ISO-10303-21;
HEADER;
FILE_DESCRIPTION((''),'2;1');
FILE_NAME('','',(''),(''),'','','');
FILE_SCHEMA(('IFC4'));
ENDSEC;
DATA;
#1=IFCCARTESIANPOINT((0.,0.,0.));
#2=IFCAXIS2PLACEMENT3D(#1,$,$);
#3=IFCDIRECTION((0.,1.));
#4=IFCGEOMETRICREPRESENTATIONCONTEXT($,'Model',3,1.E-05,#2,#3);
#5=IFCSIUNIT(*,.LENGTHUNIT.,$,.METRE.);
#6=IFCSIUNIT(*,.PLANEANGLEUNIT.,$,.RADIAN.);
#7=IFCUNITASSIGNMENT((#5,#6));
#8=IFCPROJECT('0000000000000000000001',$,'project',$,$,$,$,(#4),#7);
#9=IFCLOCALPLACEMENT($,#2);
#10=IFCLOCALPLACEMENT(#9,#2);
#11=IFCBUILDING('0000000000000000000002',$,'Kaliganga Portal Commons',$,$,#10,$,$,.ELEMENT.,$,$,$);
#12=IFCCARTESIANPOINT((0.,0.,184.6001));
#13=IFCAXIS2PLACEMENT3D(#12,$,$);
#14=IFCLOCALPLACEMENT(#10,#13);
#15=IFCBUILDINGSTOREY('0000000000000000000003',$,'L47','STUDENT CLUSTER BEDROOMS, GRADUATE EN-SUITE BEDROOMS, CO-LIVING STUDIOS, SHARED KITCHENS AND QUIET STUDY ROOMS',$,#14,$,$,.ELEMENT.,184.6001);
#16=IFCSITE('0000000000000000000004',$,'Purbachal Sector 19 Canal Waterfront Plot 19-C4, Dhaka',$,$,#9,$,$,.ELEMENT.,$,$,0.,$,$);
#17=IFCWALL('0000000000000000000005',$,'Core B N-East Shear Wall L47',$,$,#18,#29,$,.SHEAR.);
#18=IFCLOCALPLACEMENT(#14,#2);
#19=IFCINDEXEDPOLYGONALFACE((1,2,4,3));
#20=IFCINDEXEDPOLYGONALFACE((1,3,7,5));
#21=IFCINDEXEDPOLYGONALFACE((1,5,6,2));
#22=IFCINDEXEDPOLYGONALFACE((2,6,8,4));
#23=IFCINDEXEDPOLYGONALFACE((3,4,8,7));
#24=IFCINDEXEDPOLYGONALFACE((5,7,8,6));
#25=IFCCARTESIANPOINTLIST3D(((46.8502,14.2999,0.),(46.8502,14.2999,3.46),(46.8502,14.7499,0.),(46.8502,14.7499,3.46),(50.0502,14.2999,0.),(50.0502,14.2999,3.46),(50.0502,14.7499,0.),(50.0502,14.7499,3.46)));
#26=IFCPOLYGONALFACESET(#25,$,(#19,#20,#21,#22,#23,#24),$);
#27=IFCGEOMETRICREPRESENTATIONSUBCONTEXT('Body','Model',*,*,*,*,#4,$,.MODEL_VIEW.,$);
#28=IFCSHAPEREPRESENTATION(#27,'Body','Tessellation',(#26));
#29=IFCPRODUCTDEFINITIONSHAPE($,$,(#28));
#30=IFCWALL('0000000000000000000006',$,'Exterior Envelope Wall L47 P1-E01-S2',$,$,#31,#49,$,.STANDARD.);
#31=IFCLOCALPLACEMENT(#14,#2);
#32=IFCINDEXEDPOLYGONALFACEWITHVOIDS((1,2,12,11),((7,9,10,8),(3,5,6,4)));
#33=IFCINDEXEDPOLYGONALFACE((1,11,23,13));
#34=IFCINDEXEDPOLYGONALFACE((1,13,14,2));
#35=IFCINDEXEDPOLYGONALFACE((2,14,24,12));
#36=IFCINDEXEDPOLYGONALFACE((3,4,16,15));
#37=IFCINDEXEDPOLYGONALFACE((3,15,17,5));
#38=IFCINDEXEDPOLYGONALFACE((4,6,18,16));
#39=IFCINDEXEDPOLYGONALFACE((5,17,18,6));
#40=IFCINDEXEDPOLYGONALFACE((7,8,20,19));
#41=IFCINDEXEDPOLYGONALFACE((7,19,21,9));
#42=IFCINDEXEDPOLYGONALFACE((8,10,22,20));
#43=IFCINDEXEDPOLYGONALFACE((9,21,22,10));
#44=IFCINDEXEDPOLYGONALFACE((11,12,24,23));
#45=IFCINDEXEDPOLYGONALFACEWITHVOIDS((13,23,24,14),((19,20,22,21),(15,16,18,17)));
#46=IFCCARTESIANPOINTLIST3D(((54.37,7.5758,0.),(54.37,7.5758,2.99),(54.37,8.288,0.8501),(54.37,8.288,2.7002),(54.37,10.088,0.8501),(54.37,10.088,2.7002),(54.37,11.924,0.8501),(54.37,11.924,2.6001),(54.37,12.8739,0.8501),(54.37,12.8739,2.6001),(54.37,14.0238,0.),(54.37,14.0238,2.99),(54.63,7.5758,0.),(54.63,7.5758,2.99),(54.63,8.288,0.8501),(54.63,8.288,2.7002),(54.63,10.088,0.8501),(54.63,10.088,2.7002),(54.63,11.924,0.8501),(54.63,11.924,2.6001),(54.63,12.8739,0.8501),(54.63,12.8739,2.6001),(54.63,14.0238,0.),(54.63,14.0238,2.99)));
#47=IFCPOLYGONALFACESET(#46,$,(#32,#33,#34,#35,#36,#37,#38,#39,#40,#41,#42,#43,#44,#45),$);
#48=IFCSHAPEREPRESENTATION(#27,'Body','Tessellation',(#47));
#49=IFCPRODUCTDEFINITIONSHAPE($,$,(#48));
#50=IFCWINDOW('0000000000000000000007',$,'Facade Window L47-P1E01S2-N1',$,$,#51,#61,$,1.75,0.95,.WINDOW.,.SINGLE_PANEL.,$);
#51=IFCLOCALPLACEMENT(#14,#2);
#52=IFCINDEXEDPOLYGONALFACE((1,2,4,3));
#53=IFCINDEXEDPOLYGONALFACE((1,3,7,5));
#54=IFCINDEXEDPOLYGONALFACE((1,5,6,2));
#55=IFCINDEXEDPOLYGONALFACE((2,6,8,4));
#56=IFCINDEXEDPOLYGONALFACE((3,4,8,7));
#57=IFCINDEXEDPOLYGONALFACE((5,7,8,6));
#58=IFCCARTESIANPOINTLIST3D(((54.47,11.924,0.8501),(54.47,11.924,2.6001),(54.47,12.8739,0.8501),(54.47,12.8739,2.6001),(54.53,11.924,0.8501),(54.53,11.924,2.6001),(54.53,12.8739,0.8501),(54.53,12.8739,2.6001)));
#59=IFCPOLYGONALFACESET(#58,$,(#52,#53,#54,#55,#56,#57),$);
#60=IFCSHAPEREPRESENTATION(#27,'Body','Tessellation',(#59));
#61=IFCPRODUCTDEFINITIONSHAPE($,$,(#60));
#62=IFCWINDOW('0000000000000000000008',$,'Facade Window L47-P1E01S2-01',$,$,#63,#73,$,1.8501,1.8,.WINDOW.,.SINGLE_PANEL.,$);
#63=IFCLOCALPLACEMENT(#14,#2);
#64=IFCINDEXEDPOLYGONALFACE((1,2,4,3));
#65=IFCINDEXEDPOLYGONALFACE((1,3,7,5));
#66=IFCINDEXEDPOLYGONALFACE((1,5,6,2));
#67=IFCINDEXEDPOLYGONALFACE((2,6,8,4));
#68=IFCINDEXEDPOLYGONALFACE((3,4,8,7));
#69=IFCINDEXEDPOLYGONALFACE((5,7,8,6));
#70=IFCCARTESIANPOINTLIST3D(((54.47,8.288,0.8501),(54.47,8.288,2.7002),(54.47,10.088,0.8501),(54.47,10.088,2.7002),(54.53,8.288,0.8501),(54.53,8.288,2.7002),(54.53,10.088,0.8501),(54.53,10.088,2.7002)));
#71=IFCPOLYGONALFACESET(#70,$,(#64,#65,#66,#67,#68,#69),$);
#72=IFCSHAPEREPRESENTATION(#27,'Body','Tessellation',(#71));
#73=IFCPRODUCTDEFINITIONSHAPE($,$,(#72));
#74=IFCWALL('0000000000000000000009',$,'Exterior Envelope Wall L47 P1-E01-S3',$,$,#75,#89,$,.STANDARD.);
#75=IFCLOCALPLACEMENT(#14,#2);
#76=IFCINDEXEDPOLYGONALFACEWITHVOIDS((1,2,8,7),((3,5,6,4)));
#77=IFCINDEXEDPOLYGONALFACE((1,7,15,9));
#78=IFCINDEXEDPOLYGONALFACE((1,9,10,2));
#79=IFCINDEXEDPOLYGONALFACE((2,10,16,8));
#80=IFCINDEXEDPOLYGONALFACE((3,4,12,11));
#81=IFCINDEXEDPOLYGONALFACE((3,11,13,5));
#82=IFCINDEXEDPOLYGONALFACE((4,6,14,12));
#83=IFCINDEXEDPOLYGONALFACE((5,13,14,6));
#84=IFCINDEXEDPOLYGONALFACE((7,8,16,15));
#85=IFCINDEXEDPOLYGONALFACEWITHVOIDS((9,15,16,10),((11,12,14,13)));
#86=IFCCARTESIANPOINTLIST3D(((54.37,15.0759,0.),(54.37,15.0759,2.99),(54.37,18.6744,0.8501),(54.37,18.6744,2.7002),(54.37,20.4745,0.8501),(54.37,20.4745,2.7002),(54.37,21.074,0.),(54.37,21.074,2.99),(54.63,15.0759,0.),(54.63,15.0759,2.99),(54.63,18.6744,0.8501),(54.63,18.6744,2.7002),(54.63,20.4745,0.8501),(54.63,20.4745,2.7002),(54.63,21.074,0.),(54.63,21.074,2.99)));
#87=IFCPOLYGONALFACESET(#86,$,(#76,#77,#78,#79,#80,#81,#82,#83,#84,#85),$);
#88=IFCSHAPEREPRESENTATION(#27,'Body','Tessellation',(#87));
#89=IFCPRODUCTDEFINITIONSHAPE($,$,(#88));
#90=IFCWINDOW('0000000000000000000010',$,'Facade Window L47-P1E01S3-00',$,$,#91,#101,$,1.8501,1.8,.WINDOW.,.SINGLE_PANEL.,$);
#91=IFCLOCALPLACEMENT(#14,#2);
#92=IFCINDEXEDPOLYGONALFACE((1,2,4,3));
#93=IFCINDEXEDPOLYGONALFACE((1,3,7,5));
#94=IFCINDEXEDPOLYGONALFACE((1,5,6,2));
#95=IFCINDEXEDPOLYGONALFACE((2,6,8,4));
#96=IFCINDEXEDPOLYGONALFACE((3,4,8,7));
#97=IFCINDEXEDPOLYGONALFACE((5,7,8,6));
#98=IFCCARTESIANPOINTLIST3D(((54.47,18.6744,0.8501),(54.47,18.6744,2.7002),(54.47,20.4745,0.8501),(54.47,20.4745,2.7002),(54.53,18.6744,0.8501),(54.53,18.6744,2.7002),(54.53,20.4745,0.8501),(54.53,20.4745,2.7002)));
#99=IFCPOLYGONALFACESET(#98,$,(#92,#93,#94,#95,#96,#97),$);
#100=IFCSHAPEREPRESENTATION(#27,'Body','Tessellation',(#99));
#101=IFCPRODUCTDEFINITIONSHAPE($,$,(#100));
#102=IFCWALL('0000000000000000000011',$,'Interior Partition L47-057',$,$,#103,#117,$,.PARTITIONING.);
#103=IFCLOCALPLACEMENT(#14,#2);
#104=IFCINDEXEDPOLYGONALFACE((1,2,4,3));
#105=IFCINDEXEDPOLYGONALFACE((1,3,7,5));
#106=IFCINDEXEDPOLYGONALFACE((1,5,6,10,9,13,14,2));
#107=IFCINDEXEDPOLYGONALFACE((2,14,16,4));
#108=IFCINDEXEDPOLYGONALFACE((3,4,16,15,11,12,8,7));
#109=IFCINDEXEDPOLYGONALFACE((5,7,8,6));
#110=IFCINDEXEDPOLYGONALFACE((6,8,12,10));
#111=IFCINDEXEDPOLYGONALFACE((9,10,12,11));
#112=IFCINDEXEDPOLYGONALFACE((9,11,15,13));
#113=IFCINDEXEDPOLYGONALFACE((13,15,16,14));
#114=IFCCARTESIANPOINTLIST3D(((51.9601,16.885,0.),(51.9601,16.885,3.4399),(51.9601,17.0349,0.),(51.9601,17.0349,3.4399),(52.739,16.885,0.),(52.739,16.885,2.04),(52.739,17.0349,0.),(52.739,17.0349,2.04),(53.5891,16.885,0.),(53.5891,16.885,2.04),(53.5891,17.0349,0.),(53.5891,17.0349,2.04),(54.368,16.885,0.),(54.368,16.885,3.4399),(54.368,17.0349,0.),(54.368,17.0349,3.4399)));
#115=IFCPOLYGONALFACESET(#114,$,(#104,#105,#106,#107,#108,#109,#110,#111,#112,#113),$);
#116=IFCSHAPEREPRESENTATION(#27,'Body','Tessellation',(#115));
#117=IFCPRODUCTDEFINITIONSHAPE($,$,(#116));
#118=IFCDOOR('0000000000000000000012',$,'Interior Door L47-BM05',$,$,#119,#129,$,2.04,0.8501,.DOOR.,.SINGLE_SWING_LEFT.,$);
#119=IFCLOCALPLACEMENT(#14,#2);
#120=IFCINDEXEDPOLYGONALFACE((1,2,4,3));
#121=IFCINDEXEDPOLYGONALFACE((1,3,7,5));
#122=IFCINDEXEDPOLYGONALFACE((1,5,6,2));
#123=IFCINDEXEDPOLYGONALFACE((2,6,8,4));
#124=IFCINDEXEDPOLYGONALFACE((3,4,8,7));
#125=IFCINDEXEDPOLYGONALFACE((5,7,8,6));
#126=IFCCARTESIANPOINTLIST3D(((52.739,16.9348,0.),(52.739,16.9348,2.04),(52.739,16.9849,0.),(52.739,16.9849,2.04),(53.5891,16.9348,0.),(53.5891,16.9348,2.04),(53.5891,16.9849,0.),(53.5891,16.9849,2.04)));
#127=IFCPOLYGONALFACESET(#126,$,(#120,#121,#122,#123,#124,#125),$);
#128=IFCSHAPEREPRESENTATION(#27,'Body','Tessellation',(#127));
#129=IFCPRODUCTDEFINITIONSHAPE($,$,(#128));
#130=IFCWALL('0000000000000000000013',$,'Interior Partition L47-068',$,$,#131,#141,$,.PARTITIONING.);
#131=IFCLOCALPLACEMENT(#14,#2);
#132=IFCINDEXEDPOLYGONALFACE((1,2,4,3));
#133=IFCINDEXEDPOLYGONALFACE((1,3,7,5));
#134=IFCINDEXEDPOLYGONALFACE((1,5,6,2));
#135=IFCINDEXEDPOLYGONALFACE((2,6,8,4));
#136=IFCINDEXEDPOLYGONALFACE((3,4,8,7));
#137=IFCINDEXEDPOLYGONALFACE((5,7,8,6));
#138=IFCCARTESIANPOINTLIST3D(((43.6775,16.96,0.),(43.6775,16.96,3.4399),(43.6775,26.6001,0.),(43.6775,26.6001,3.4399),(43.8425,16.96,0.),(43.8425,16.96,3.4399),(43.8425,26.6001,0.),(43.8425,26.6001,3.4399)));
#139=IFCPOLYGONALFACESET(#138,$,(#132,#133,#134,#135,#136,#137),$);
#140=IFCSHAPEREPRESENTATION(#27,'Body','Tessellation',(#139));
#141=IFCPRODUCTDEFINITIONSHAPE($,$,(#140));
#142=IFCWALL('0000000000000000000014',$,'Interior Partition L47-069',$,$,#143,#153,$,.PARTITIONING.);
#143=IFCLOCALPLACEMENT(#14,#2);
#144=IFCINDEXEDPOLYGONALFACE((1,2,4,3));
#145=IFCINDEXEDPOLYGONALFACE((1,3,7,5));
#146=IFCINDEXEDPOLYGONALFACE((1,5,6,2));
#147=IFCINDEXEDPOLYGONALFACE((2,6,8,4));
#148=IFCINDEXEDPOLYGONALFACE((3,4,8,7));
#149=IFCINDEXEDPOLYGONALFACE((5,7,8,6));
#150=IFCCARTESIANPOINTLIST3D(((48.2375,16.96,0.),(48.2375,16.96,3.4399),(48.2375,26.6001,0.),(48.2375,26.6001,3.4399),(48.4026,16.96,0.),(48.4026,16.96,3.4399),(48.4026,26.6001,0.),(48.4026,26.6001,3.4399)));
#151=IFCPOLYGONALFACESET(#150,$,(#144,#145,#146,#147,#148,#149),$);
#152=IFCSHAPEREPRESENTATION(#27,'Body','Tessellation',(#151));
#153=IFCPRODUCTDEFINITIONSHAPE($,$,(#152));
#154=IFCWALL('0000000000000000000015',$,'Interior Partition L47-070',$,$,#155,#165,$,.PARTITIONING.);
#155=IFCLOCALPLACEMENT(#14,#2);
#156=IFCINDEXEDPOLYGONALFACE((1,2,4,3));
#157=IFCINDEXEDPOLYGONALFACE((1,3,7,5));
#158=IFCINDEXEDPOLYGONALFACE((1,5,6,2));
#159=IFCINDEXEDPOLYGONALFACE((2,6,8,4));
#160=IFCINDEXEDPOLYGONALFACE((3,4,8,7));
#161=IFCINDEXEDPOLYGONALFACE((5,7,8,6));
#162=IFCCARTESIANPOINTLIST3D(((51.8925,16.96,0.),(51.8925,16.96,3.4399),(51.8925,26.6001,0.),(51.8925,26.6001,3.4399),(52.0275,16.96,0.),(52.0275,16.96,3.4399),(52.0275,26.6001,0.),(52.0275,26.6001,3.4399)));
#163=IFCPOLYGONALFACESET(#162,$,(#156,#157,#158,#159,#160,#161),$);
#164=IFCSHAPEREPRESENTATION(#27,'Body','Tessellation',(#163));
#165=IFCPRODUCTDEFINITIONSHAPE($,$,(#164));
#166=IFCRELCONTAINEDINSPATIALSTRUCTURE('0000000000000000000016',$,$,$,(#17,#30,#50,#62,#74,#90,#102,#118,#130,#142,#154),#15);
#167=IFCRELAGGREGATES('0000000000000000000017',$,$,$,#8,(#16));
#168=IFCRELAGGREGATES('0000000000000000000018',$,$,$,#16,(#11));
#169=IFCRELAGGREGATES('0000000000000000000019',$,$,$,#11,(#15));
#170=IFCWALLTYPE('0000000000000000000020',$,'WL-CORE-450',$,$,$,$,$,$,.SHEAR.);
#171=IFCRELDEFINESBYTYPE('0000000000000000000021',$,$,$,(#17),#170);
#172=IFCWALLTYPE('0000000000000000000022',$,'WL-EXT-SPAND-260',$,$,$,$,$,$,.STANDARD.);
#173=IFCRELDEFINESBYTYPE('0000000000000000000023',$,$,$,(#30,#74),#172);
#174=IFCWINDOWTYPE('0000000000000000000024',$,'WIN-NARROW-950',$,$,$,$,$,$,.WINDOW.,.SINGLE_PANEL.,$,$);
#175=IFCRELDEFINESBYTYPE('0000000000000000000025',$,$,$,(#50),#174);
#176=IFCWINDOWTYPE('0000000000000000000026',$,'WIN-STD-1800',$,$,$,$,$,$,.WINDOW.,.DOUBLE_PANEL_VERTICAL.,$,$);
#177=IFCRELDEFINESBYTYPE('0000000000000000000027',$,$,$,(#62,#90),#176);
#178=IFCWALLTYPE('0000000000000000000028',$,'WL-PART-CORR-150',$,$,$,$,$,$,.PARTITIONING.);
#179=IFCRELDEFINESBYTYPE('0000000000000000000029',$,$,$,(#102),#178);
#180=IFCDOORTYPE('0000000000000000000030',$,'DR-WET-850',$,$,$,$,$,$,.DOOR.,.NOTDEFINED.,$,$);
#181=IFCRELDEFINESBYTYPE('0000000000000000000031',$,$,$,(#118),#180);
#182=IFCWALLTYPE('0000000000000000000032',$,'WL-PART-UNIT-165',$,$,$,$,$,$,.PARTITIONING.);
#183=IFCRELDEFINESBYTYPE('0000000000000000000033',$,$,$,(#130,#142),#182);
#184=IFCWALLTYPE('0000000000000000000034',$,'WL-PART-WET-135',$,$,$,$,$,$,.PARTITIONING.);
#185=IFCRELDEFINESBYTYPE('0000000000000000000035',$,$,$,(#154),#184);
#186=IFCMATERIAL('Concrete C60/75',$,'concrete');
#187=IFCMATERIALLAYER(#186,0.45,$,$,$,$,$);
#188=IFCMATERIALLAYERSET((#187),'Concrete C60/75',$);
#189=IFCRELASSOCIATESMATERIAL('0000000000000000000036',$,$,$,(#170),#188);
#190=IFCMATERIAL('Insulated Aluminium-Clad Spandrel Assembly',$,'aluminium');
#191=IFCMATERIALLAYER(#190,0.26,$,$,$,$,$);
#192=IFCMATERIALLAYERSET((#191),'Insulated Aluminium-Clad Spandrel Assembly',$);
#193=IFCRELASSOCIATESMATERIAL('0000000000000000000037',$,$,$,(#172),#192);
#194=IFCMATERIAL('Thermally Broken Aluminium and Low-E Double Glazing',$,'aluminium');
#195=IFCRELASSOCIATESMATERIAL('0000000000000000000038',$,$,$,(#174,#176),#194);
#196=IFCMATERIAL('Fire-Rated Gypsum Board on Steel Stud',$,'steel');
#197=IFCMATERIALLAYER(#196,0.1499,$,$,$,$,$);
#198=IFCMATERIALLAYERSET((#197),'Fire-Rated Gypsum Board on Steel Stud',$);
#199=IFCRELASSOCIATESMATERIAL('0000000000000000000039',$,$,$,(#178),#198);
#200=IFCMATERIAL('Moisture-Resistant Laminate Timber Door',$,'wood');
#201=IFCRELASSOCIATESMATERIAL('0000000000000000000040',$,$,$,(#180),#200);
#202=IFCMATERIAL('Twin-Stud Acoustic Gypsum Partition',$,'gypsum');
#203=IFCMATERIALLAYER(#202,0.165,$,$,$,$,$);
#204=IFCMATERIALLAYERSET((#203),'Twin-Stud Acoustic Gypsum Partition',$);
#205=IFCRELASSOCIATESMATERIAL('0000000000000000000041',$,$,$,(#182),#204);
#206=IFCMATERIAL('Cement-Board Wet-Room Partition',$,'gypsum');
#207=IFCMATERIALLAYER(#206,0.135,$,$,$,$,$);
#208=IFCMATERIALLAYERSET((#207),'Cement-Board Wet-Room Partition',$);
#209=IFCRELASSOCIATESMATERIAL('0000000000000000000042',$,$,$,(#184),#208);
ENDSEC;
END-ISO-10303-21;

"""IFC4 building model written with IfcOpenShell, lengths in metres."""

from ifc_helpers import new_model, si_unit, direction, frame, frame_2d, origin, place, context, subcontext, project, spatial, rectangle, extrude, material, layer, layer_set, type_object, element, fill, save


model = new_model("IFC4")

# Units and contexts
model_context = context("Model", 3, precision=1e-05, world=origin(), true_north=direction((0.0, 1.0)))
body_context = subcontext(model_context, "Body", "Model", "MODEL_VIEW")
ifc_project = project(units=[si_unit("LENGTHUNIT", "METRE"), si_unit("PLANEANGLEUNIT", "RADIAN")], contexts=[model_context])

# Site, building, storey
site_placement = place(None, origin())
site = spatial("IfcSite", under=ifc_project, at=site_placement, Name="Purbachal Sector 19 Canal Waterfront Plot 19-C4, Dhaka", CompositionType="ELEMENT", RefElevation=0.0)
building_placement = place(site_placement, origin())
building = spatial("IfcBuilding", under=site, at=building_placement, Name="Kaliganga Portal Commons", CompositionType="ELEMENT")
storey_placement = place(building_placement, frame((0.0, 0.0, 184.6001)))
storey = spatial("IfcBuildingStorey", under=building, at=storey_placement, Name="L47", Description="STUDENT CLUSTER BEDROOMS, GRADUATE EN-SUITE BEDROOMS, CO-LIVING STUDIOS, SHARED KITCHENS AND QUIET STUDY ROOMS", CompositionType="ELEMENT", Elevation=184.6001)

# Shared definitions
ifc_material_1 = material(Name="Concrete C60/75", Category="concrete")

# Wall
ifc_layer_1 = layer(ifc_material_1, 0.45)
ifc_layer_set_1 = layer_set([ifc_layer_1], Name="Concrete C60/75")
wall_type_1 = type_object("IfcWallType", Name="WL-CORE-450", PredefinedType="SHEAR", material=ifc_layer_set_1)
wall_1_placement = place(storey_placement, frame((46.8501, 14.5249, 0.0), z_axis=(0.0, 0.0, 1.0), x_axis=(1.0, 0.0, 0.0)))
element("IfcWall", 1, at=wall_1_placement, inside=storey, type_object=wall_type_1, Name="Core B N-East Shear Wall L47", PredefinedType="SHEAR", context=body_context, shape_type="SweptSolid", body=[
    extrude(rectangle(XDim=3.2, YDim=0.45, at=frame_2d((1.6001, 0.0))), origin(), (0.0, 0.0, 1.0), 3.46),
])

# Wall, openings, windows
ifc_material_2 = material(Name="Insulated Aluminium-Clad Spandrel Assembly", Category="aluminium")
ifc_layer_2 = layer(ifc_material_2, 0.26)
ifc_layer_set_2 = layer_set([ifc_layer_2], Name="Insulated Aluminium-Clad Spandrel Assembly")
wall_type_2 = type_object("IfcWallType", Name="WL-EXT-SPAND-260", PredefinedType="STANDARD", material=ifc_layer_set_2)
wall_2_placement = place(storey_placement, frame((54.5, 14.0239, 0.0), z_axis=(0.0, 0.0, 1.0), x_axis=(0.0, -1.0, 0.0)))
wall_2 = element("IfcWall", 2, at=wall_2_placement, inside=storey, type_object=wall_type_2, Name="Exterior Envelope Wall L47 P1-E01-S2", PredefinedType="STANDARD", context=body_context, shape_type="SweptSolid", body=[
    extrude(rectangle(XDim=6.448, YDim=0.26, at=frame_2d((3.2241, 0.0))), origin(), (0.0, 0.0, 1.0), 2.99),
])
opening_1_placement = place(wall_2_placement, frame((3.936, 0.0, 0.8501)))
opening_1 = element("IfcOpeningElement", 3, at=opening_1_placement, cuts=wall_2, PredefinedType="OPENING", context=body_context, shape_type="SweptSolid", body=[
    extrude(rectangle(XDim=1.8, YDim=1.8501, at=frame_2d((0.8999, 0.925))), frame((0.0, 0.1401, 0.0), z_axis=(0.0, -1.0, 0.0), x_axis=(1.0, 0.0, 0.0)), (0.0, 0.0, 1.0), 0.28),
])
opening_2_placement = place(wall_2_placement, frame((1.1499, 0.0, 0.8501)))
opening_2 = element("IfcOpeningElement", 4, at=opening_2_placement, cuts=wall_2, PredefinedType="OPENING", context=body_context, shape_type="SweptSolid", body=[
    extrude(rectangle(XDim=0.95, YDim=1.75, at=frame_2d((0.4751, 0.875))), frame((0.0, 0.1401, 0.0), z_axis=(0.0, -1.0, 0.0), x_axis=(1.0, 0.0, 0.0)), (0.0, 0.0, 1.0), 0.28),
])
ifc_material_3 = material(Name="Thermally Broken Aluminium and Low-E Double Glazing", Category="aluminium")
window_type_1 = type_object("IfcWindowType", Name="WIN-NARROW-950", PartitioningType="SINGLE_PANEL", PredefinedType="WINDOW", material=ifc_material_3)
window_1_placement = place(opening_2_placement, origin())
window_1 = element("IfcWindow", 5, at=window_1_placement, inside=storey, type_object=window_type_1, Name="Facade Window L47-P1E01S2-N1", OverallHeight=1.75, OverallWidth=0.95, PartitioningType="SINGLE_PANEL", PredefinedType="WINDOW", context=body_context, shape_type="SweptSolid", body=[
    extrude(rectangle(XDim=0.95, YDim=1.75, at=frame_2d((0.4751, 0.875))), frame((0.0, 0.03, 0.0), z_axis=(0.0, -1.0, 0.0), x_axis=(1.0, 0.0, 0.0)), (0.0, 0.0, 1.0), 0.0601),
])
fill(opening_2, window_1)
window_type_2 = type_object("IfcWindowType", Name="WIN-STD-1800", PartitioningType="DOUBLE_PANEL_VERTICAL", PredefinedType="WINDOW", material=ifc_material_3)
window_2_placement = place(opening_1_placement, origin())
window_2 = element("IfcWindow", 6, at=window_2_placement, inside=storey, type_object=window_type_2, Name="Facade Window L47-P1E01S2-01", OverallHeight=1.8501, OverallWidth=1.8, PartitioningType="SINGLE_PANEL", PredefinedType="WINDOW", context=body_context, shape_type="SweptSolid", body=[
    extrude(rectangle(XDim=1.8, YDim=1.8501, at=frame_2d((0.8999, 0.925))), frame((0.0, 0.03, 0.0), z_axis=(0.0, -1.0, 0.0), x_axis=(1.0, 0.0, 0.0)), (0.0, 0.0, 1.0), 0.0601),
])
fill(opening_1, window_2)

# Wall, opening, window
wall_3_placement = place(storey_placement, frame((54.5, 21.074, 0.0), z_axis=(0.0, 0.0, 1.0), x_axis=(0.0, -1.0, 0.0)))
wall_3 = element("IfcWall", 7, at=wall_3_placement, inside=storey, type_object=wall_type_2, Name="Exterior Envelope Wall L47 P1-E01-S3", PredefinedType="STANDARD", context=body_context, shape_type="SweptSolid", body=[
    extrude(rectangle(XDim=5.998, YDim=0.26, at=frame_2d((2.999, 0.0))), origin(), (0.0, 0.0, 1.0), 2.99),
])
opening_3_placement = place(wall_3_placement, frame((0.5996, 0.0, 0.8501)))
opening_3 = element("IfcOpeningElement", 8, at=opening_3_placement, cuts=wall_3, PredefinedType="OPENING", context=body_context, shape_type="SweptSolid", body=[
    extrude(rectangle(XDim=1.8, YDim=1.8501, at=frame_2d((0.8999, 0.925))), frame((0.0, 0.1401, 0.0), z_axis=(0.0, -1.0, 0.0), x_axis=(1.0, 0.0, 0.0)), (0.0, 0.0, 1.0), 0.28),
])
window_3_placement = place(opening_3_placement, origin())
window_3 = element("IfcWindow", 9, at=window_3_placement, inside=storey, type_object=window_type_2, Name="Facade Window L47-P1E01S3-00", OverallHeight=1.8501, OverallWidth=1.8, PartitioningType="SINGLE_PANEL", PredefinedType="WINDOW", context=body_context, shape_type="SweptSolid", body=[
    extrude(rectangle(XDim=1.8, YDim=1.8501, at=frame_2d((0.8999, 0.925))), frame((0.0, 0.03, 0.0), z_axis=(0.0, -1.0, 0.0), x_axis=(1.0, 0.0, 0.0)), (0.0, 0.0, 1.0), 0.0601),
])
fill(opening_3, window_3)

# Wall, opening, door
ifc_material_4 = material(Name="Fire-Rated Gypsum Board on Steel Stud", Category="steel")
ifc_layer_3 = layer(ifc_material_4, 0.1499)
ifc_layer_set_3 = layer_set([ifc_layer_3], Name="Fire-Rated Gypsum Board on Steel Stud")
wall_type_3 = type_object("IfcWallType", Name="WL-PART-CORR-150", PredefinedType="PARTITIONING", material=ifc_layer_set_3)
wall_4_placement = place(storey_placement, frame((51.96, 16.96, 0.0), z_axis=(0.0, 0.0, 1.0), x_axis=(1.0, 0.0, 0.0)))
wall_4 = element("IfcWall", 10, at=wall_4_placement, inside=storey, type_object=wall_type_3, Name="Interior Partition L47-057", PredefinedType="PARTITIONING", context=body_context, shape_type="SweptSolid", body=[
    extrude(rectangle(XDim=2.408, YDim=0.1499, at=frame_2d((1.2041, 0.0))), origin(), (0.0, 0.0, 1.0), 3.4399),
])
opening_4_placement = place(wall_4_placement, frame((0.7791, 0.0, 0.0)))
opening_4 = element("IfcOpeningElement", 11, at=opening_4_placement, cuts=wall_4, PredefinedType="OPENING", context=body_context, shape_type="SweptSolid", body=[
    extrude(rectangle(XDim=0.8501, YDim=2.04, at=frame_2d((0.425, 1.02))), frame((0.0, 0.085, 0.0), z_axis=(0.0, -1.0, 0.0), x_axis=(1.0, 0.0, 0.0)), (0.0, 0.0, 1.0), 0.1699),
])
ifc_material_5 = material(Name="Moisture-Resistant Laminate Timber Door", Category="wood")
door_type_1 = type_object("IfcDoorType", Name="DR-WET-850", OperationType="NOTDEFINED", PredefinedType="DOOR", material=ifc_material_5)
door_1_placement = place(opening_4_placement, origin())
door_1 = element("IfcDoor", 12, at=door_1_placement, inside=storey, type_object=door_type_1, Name="Interior Door L47-BM05", OperationType="SINGLE_SWING_LEFT", OverallHeight=2.04, OverallWidth=0.8501, PredefinedType="DOOR", context=body_context, shape_type="SweptSolid", body=[
    extrude(rectangle(XDim=0.8501, YDim=2.04, at=frame_2d((0.425, 1.02))), frame((0.0, 0.0249, 0.0), z_axis=(0.0, -1.0, 0.0), x_axis=(1.0, 0.0, 0.0)), (0.0, 0.0, 1.0), 0.05),
])
fill(opening_4, door_1)

# Walls
ifc_material_6 = material(Name="Twin-Stud Acoustic Gypsum Partition", Category="gypsum")
ifc_layer_4 = layer(ifc_material_6, 0.165)
ifc_layer_set_4 = layer_set([ifc_layer_4], Name="Twin-Stud Acoustic Gypsum Partition")
wall_type_4 = type_object("IfcWallType", Name="WL-PART-UNIT-165", PredefinedType="PARTITIONING", material=ifc_layer_set_4)
for number, where, z_axis, x_axis, name in (
    (13, (43.76, 16.96, 0.0), (0.0, 0.0, 1.0), (0.0, 1.0, 0.0), "Interior Partition L47-068"),
    (14, (48.3201, 16.96, 0.0), (0.0, 0.0, 1.0), (0.0, 1.0, 0.0), "Interior Partition L47-069"),
):
    element("IfcWall", number, at=place(storey_placement, frame(where, z_axis=z_axis, x_axis=x_axis)), inside=storey, type_object=wall_type_4, Name=name, PredefinedType="PARTITIONING", context=body_context, shape_type="SweptSolid", body=[
        extrude(rectangle(XDim=9.6401, YDim=0.165, at=frame_2d((4.8201, 0.0))), origin(), (0.0, 0.0, 1.0), 3.4399),
    ])
ifc_material_7 = material(Name="Cement-Board Wet-Room Partition", Category="gypsum")
ifc_layer_5 = layer(ifc_material_7, 0.135)
ifc_layer_set_5 = layer_set([ifc_layer_5], Name="Cement-Board Wet-Room Partition")
wall_type_5 = type_object("IfcWallType", Name="WL-PART-WET-135", PredefinedType="PARTITIONING", material=ifc_layer_set_5)
wall_5_placement = place(storey_placement, frame((51.96, 16.96, 0.0), z_axis=(0.0, 0.0, 1.0), x_axis=(0.0, 1.0, 0.0)))
element("IfcWall", 15, at=wall_5_placement, inside=storey, type_object=wall_type_5, Name="Interior Partition L47-070", PredefinedType="PARTITIONING", context=body_context, shape_type="SweptSolid", body=[
    extrude(rectangle(XDim=9.6401, YDim=0.135, at=frame_2d((4.8201, 0.0))), origin(), (0.0, 0.0, 1.0), 3.4399),
])

save(model, "model.ifc")
